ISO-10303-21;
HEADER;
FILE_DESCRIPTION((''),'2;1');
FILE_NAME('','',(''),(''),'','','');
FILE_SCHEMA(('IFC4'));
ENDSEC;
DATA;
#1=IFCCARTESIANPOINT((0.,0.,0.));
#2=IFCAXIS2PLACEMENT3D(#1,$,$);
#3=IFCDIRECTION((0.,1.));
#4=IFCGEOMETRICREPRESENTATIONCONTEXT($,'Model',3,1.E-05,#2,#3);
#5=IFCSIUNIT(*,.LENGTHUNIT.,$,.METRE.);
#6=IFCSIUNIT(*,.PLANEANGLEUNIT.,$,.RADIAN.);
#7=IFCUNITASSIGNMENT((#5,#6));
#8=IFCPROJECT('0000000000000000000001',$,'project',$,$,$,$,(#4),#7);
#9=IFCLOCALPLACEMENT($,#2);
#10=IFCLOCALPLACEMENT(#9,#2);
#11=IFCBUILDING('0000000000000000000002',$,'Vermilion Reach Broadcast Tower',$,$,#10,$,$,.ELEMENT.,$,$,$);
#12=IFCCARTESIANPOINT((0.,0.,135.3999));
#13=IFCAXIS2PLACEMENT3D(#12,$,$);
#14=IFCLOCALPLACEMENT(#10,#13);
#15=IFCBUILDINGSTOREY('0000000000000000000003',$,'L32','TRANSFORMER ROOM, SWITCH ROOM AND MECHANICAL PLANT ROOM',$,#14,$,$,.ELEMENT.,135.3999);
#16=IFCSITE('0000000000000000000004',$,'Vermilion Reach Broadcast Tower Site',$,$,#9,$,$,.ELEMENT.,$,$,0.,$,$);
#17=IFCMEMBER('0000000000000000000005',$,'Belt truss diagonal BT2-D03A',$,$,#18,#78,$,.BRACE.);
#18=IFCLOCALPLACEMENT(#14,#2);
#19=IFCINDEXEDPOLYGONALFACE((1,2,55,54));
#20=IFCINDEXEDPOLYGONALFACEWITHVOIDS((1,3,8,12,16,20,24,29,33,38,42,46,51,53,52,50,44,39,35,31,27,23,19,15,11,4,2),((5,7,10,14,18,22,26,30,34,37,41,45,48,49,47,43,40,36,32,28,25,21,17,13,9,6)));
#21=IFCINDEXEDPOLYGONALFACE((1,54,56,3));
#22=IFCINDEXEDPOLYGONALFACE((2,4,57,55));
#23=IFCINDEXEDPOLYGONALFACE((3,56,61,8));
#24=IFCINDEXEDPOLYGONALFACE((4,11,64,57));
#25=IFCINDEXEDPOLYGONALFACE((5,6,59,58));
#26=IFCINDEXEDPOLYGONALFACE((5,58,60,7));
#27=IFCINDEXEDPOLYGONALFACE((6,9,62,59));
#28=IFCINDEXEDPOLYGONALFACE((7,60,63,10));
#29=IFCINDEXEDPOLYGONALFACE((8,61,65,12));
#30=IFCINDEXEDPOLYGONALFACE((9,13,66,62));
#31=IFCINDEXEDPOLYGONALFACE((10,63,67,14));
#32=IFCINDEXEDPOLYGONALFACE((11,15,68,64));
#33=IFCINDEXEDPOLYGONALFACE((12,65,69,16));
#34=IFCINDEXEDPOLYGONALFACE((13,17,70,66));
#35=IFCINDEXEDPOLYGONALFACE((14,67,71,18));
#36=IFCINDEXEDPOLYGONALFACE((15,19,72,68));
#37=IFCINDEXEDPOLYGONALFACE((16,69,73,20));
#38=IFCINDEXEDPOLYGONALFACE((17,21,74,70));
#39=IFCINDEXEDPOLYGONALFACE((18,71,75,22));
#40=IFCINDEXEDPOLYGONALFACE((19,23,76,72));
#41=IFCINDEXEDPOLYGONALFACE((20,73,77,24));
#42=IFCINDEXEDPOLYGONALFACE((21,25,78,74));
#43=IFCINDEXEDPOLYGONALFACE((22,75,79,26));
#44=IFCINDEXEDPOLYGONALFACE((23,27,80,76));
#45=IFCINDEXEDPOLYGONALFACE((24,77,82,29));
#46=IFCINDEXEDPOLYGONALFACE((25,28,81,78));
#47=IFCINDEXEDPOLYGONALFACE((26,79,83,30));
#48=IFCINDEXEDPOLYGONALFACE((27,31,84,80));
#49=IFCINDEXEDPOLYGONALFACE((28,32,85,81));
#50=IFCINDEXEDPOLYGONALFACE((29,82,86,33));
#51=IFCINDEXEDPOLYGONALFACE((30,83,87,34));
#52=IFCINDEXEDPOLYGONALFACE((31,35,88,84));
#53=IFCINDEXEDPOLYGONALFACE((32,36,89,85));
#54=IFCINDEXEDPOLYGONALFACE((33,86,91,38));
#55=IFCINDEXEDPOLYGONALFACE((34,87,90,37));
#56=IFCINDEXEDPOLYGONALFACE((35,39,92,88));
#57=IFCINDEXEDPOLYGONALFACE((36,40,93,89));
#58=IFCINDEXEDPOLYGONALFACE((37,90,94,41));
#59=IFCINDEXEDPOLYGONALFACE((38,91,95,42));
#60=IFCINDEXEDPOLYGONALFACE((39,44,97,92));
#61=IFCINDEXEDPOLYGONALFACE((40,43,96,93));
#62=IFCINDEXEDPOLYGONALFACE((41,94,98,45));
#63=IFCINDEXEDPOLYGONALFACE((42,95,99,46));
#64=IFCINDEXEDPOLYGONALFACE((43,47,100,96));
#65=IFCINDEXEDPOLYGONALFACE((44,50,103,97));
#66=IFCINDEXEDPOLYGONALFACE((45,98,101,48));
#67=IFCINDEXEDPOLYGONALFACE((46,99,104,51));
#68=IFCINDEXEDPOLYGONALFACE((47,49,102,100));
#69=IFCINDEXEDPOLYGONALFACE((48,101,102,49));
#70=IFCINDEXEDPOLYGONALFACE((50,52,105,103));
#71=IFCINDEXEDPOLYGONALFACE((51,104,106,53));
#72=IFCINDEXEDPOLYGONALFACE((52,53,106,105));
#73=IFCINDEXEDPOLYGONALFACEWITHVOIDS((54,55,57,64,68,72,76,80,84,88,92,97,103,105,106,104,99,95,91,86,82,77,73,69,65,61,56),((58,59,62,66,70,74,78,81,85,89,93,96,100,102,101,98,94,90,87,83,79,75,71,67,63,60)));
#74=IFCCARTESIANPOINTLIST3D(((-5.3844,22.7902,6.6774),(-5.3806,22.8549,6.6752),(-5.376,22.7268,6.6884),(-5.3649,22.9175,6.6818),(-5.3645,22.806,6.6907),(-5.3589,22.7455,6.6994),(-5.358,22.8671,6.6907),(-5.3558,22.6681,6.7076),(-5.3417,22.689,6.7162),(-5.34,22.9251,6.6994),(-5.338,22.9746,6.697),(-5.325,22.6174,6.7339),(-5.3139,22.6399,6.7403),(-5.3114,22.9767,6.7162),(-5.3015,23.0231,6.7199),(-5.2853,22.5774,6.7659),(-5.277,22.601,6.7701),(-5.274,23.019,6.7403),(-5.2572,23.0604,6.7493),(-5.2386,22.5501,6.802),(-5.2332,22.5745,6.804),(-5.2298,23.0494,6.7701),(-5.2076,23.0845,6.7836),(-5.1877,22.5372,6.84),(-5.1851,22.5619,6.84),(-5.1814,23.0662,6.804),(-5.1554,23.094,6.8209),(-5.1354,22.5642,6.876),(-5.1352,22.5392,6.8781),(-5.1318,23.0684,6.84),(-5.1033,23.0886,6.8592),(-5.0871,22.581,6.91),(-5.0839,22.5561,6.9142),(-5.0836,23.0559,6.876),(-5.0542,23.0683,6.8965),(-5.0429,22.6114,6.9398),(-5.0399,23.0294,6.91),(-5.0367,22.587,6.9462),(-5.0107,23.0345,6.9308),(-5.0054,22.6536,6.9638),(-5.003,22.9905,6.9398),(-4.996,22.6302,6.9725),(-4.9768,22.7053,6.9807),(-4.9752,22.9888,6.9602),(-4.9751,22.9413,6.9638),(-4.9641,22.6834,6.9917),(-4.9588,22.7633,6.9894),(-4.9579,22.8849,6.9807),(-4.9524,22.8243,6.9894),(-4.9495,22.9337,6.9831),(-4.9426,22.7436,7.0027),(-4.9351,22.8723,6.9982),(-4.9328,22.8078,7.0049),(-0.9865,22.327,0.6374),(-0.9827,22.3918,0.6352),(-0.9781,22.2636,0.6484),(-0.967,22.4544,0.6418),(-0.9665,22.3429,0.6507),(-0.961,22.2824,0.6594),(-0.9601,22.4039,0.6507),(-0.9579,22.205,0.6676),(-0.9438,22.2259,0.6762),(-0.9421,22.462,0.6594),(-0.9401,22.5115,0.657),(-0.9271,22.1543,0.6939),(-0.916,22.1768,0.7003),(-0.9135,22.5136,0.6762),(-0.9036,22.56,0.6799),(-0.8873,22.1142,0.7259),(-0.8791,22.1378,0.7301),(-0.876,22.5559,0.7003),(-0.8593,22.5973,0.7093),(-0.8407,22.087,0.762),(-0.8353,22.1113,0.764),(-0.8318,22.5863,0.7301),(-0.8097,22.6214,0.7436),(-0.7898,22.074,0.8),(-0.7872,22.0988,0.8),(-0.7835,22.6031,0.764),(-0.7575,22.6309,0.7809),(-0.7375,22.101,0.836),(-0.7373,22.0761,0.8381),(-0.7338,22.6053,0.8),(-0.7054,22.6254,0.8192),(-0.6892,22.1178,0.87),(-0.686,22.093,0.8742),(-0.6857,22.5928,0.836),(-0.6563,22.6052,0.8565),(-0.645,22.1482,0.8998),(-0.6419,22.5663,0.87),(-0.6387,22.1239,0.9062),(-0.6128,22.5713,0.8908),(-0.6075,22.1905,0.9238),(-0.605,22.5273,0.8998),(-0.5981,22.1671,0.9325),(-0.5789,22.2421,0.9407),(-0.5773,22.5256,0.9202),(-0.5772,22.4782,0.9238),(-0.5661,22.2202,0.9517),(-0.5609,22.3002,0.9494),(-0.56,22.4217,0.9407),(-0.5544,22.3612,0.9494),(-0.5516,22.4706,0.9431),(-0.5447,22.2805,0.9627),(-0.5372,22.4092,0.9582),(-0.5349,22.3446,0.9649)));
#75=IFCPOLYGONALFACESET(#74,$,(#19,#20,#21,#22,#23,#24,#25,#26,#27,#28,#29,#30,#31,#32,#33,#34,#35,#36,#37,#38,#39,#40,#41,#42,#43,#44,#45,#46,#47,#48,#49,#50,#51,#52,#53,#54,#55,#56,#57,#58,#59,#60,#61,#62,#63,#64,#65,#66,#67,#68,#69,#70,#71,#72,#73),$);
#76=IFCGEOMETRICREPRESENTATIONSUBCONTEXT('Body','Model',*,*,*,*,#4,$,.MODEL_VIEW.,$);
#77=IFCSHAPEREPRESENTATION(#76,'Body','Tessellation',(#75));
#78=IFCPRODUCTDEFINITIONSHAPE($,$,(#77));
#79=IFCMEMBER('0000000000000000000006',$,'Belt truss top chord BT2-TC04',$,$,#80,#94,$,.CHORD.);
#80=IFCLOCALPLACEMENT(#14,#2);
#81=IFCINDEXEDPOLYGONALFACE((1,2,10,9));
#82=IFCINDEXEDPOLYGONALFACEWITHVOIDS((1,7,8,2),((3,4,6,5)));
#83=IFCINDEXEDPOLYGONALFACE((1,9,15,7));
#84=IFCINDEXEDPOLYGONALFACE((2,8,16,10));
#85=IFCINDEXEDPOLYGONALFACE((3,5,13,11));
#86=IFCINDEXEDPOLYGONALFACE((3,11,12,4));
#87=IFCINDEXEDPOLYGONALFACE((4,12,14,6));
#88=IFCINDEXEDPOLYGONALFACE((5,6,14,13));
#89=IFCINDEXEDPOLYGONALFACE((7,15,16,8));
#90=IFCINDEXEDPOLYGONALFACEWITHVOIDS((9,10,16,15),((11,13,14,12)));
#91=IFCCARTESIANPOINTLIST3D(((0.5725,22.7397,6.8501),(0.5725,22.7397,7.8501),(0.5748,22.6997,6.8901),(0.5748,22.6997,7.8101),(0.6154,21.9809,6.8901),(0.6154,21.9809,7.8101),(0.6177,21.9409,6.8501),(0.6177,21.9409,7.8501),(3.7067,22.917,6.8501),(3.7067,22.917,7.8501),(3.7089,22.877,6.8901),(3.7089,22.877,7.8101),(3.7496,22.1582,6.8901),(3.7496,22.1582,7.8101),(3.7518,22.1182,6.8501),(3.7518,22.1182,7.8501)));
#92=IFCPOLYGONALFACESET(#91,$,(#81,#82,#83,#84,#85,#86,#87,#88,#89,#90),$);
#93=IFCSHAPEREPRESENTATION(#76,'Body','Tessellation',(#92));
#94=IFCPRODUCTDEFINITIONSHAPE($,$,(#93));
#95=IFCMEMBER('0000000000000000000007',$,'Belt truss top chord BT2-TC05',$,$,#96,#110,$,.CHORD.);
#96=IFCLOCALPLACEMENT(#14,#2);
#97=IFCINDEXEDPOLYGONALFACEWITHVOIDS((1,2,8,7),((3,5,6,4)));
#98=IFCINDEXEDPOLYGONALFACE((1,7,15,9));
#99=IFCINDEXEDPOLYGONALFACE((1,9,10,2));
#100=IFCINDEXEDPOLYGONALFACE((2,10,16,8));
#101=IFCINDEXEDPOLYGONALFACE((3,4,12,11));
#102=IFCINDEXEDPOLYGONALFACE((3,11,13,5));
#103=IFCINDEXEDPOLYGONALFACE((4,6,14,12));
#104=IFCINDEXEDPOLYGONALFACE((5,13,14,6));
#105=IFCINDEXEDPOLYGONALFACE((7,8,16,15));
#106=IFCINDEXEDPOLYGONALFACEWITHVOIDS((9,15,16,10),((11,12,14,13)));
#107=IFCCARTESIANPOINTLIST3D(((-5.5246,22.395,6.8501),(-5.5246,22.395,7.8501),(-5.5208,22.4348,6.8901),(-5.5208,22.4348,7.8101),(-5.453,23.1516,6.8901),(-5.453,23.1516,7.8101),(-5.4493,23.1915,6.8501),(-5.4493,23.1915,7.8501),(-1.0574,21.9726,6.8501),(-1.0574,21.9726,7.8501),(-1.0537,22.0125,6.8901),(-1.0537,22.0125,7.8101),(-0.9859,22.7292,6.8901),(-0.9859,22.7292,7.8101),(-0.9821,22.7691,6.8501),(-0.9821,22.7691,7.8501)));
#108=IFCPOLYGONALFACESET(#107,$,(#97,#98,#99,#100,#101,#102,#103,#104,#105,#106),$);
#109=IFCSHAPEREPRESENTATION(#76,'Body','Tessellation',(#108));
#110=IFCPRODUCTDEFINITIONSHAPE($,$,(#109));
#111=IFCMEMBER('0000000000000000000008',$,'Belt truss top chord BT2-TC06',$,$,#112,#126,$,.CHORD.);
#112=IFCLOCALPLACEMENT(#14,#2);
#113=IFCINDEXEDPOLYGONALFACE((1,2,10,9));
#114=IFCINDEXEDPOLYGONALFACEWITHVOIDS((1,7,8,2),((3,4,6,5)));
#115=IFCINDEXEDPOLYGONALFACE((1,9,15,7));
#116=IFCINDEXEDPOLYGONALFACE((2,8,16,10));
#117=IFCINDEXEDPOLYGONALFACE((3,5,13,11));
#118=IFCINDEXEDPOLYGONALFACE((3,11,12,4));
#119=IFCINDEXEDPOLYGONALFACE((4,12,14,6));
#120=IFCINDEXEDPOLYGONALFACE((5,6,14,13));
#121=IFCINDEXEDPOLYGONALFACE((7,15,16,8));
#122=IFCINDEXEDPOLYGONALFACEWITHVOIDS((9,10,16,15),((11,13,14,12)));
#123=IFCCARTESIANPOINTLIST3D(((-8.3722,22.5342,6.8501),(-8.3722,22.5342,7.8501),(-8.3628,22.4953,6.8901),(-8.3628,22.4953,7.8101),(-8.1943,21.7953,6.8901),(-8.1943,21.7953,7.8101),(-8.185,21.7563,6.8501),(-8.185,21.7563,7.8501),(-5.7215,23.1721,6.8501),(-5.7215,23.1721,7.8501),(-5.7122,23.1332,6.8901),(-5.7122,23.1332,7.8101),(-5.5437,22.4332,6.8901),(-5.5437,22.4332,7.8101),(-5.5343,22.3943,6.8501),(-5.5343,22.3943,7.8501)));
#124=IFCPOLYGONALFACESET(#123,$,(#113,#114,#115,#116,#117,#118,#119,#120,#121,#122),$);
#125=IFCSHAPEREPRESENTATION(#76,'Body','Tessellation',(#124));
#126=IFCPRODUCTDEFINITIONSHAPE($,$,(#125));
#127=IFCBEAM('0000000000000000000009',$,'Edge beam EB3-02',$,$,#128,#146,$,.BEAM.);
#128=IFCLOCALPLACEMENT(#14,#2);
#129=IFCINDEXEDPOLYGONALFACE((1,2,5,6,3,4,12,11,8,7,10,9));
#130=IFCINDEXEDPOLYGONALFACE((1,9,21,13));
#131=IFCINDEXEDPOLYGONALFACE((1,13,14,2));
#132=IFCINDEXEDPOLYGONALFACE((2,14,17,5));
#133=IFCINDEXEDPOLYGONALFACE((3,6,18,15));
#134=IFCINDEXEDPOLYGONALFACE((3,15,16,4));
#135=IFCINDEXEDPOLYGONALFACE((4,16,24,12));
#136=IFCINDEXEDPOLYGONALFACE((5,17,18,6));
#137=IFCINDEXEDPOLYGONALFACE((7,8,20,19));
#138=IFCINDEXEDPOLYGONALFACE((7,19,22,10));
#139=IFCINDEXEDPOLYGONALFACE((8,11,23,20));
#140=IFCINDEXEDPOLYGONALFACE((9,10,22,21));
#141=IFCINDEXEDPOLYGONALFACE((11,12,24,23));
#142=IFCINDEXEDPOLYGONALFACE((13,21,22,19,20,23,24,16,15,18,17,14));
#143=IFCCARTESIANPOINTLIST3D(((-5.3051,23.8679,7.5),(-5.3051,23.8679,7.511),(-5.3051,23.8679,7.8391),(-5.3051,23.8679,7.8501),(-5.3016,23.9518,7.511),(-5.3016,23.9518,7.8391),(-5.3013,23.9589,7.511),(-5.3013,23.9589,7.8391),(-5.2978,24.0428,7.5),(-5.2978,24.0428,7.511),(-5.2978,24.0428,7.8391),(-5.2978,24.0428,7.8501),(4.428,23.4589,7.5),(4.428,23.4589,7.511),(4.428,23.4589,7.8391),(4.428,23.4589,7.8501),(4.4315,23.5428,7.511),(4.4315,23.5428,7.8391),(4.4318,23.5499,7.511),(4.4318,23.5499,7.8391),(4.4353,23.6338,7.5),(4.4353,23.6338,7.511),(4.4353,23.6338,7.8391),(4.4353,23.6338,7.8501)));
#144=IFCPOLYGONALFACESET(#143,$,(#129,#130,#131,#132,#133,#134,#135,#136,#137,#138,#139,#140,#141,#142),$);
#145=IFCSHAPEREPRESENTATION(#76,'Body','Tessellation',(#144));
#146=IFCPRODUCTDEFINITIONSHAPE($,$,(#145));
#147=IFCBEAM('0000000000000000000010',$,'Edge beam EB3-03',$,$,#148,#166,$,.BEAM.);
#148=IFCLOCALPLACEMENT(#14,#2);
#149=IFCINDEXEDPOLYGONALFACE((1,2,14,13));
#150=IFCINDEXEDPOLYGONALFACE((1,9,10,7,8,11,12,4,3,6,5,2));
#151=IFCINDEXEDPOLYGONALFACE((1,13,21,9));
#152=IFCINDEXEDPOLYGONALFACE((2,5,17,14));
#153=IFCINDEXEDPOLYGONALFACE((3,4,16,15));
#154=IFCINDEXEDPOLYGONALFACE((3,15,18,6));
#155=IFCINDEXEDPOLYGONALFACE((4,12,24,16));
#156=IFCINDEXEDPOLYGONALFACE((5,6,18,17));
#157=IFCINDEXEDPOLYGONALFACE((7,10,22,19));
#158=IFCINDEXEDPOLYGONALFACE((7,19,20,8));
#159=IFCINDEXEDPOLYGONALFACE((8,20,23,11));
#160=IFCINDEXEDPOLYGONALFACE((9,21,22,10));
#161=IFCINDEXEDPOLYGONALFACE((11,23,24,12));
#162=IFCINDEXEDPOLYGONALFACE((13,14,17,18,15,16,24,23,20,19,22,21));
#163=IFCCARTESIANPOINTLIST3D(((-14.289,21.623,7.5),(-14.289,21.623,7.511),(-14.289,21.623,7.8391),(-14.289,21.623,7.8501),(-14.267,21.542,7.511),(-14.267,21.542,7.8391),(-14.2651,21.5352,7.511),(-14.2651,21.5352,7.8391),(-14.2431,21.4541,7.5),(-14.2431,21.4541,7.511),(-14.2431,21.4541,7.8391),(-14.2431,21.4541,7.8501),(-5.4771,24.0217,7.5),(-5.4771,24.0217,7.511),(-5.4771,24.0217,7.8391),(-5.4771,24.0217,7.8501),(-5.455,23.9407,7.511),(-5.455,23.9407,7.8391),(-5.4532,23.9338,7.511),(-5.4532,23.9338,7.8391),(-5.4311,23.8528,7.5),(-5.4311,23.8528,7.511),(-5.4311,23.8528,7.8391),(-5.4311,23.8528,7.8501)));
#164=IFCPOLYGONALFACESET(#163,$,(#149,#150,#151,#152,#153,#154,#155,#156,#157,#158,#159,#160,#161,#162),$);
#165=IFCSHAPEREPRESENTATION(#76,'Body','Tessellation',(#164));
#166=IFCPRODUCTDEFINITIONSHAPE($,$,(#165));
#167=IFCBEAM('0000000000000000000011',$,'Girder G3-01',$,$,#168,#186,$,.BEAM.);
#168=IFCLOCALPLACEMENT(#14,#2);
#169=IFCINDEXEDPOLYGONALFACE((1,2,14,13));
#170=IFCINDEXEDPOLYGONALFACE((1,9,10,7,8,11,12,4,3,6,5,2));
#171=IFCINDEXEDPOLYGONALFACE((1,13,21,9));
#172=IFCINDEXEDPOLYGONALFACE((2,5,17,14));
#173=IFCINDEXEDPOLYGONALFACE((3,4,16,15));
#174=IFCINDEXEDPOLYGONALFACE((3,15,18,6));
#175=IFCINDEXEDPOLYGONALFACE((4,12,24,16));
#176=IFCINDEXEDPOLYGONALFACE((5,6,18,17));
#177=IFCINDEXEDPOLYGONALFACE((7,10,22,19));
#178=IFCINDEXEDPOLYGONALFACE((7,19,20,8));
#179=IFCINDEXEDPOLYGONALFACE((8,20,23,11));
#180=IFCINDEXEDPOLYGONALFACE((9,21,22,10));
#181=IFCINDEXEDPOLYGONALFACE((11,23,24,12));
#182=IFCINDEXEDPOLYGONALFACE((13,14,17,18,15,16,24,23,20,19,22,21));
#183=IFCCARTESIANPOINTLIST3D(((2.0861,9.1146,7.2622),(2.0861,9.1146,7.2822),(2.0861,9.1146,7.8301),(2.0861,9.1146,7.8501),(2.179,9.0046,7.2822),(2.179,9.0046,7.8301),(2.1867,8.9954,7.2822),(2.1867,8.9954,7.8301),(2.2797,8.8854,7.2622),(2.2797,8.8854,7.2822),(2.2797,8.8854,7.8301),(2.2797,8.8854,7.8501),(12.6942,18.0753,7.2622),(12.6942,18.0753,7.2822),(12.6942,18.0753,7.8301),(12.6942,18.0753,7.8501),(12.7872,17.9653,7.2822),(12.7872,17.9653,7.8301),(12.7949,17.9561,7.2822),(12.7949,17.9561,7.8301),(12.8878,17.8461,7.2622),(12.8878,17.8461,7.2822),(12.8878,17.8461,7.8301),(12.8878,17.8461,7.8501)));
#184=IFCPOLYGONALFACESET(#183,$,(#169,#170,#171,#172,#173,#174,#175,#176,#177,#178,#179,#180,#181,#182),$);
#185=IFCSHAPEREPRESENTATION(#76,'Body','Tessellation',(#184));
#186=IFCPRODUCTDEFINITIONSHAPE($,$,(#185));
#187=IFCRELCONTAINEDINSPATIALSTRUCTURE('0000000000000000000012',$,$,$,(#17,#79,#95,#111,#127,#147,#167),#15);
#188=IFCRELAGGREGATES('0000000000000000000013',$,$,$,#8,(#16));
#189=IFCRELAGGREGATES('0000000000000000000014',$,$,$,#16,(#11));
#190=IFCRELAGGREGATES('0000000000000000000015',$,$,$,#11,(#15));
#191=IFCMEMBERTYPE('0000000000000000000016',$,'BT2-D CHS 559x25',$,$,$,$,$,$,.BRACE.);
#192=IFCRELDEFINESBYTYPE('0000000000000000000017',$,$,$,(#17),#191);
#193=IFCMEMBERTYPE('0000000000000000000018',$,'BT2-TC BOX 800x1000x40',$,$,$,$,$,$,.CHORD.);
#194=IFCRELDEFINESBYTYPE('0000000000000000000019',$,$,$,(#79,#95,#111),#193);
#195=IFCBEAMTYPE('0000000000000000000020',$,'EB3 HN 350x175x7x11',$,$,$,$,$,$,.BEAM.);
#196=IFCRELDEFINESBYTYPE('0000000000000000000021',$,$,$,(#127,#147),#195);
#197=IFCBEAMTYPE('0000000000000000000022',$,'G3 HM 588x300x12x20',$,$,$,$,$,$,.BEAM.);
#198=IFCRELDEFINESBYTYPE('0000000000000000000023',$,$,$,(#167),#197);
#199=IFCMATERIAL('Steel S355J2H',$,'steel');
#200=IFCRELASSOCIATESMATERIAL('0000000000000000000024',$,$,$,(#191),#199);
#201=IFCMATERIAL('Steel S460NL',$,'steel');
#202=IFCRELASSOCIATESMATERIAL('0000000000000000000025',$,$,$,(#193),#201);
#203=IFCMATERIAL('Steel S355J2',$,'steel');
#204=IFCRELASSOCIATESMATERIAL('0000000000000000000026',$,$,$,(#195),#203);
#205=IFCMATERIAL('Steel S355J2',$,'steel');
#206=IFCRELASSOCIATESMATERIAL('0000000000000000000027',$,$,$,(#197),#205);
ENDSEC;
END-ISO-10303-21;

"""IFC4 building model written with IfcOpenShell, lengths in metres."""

from ifc_helpers import new_model, si_unit, direction, frame, origin, origin_2d, place, context, subcontext, project, spatial, hollow_rectangle, hollow_circle, i_section, extrude, material, material_profile, profile_set, type_object, element, save


model = new_model("IFC4")

# Units and contexts
model_context = context("Model", 3, precision=1e-05, world=origin(), true_north=direction((0.0, 1.0)))
body_context = subcontext(model_context, "Body", "Model", "MODEL_VIEW")
ifc_project = project(units=[si_unit("LENGTHUNIT", "METRE"), si_unit("PLANEANGLEUNIT", "RADIAN")], contexts=[model_context])

# Site, building, storey
site_placement = place(None, origin())
site = spatial("IfcSite", under=ifc_project, at=site_placement, Name="Vermilion Reach Broadcast Tower Site", CompositionType="ELEMENT", RefElevation=0.0)
building_placement = place(site_placement, origin())
building = spatial("IfcBuilding", under=site, at=building_placement, Name="Vermilion Reach Broadcast Tower", CompositionType="ELEMENT")
storey_placement = place(building_placement, frame((0.0, 0.0, 135.3999)))
storey = spatial("IfcBuildingStorey", under=building, at=storey_placement, Name="L32", Description="TRANSFORMER ROOM, SWITCH ROOM AND MECHANICAL PLANT ROOM", CompositionType="ELEMENT", Elevation=135.3999)

# Members
ifc_material_1 = material(Name="Steel S355J2H", Category="steel")
ifc_material_profile_1 = material_profile(ifc_material_1, hollow_circle(Radius=0.2795, WallThickness=0.0249, at=origin_2d()), Name="S355J2H CHS 559x25")
ifc_profile_set_1 = profile_set([ifc_material_profile_1], Name="Steel S355J2H")
member_type_1 = type_object("IfcMemberType", Name="BT2-D CHS 559x25", PredefinedType="BRACE", material=ifc_profile_set_1)
member_1_placement = place(storey_placement, frame((-0.7605, 22.3521, 0.8), z_axis=(-0.587499, 0.061868, 0.806857), x_axis=(-0.104728, -0.994501, 0.0)))
element("IfcMember", 1, at=member_1_placement, inside=storey, type_object=member_type_1, Name="Belt truss diagonal BT2-D03A", PredefinedType="BRACE", context=body_context, shape_type="SweptSolid", body=[
    extrude(hollow_circle(Radius=0.2795, WallThickness=0.0249, at=origin_2d()), origin(), (0.0, 0.0, 1.0), 7.4858),
])
ifc_material_2 = material(Name="Steel S460NL", Category="steel")
ifc_material_profile_2 = material_profile(ifc_material_2, hollow_rectangle(XDim=0.8, YDim=1.0, WallThickness=0.04, at=origin_2d()), Name="S460NL BOX 800x1000x40")
ifc_profile_set_2 = profile_set([ifc_material_profile_2], Name="Steel S460NL")
member_type_2 = type_object("IfcMemberType", Name="BT2-TC BOX 800x1000x40", PredefinedType="CHORD", material=ifc_profile_set_2)
member_2_placement = place(storey_placement, frame((3.7292, 22.5176, 7.3501), z_axis=(-0.998405, -0.056465, 0.0), x_axis=(0.056465, -0.998405, 0.0)))
element("IfcMember", 2, at=member_2_placement, inside=storey, type_object=member_type_2, Name="Belt truss top chord BT2-TC04", PredefinedType="CHORD", context=body_context, shape_type="SweptSolid", body=[
    extrude(hollow_rectangle(XDim=0.8, YDim=1.0, WallThickness=0.04, at=origin_2d()), origin(), (0.0, 0.0, 1.0), 3.1392),
])
member_3_placement = place(storey_placement, frame((-1.0198, 22.3708, 7.3501), z_axis=(-0.99556, 0.094131, 0.0), x_axis=(-0.094131, -0.99556, 0.0)))
element("IfcMember", 3, at=member_3_placement, inside=storey, type_object=member_type_2, Name="Belt truss top chord BT2-TC05", PredefinedType="CHORD", context=body_context, shape_type="SweptSolid", body=[
    extrude(hollow_rectangle(XDim=0.8, YDim=1.0, WallThickness=0.04, at=origin_2d()), origin(), (0.0, 0.0, 1.0), 4.4871),
])
member_4_placement = place(storey_placement, frame((-5.6279, 22.7832, 7.3501), z_axis=(-0.972238, -0.233993, 0.0), x_axis=(0.233993, -0.972238, 0.0)))
element("IfcMember", 4, at=member_4_placement, inside=storey, type_object=member_type_2, Name="Belt truss top chord BT2-TC06", PredefinedType="CHORD", context=body_context, shape_type="SweptSolid", body=[
    extrude(hollow_rectangle(XDim=0.8, YDim=1.0, WallThickness=0.04, at=origin_2d()), origin(), (0.0, 0.0, 1.0), 2.7263),
])

# Beams
ifc_material_3 = material(Name="Steel S355J2", Category="steel")
ifc_material_profile_3 = material_profile(ifc_material_3, i_section(OverallWidth=0.175, OverallDepth=0.3501, WebThickness=0.0071, FlangeThickness=0.011, at=origin_2d()), Name="S355J2 HN 350x175x7x11")
ifc_profile_set_3 = profile_set([ifc_material_profile_3], Name="Steel S355J2")
beam_type_1 = type_object("IfcBeamType", Name="EB3 HN 350x175x7x11", PredefinedType="BEAM", material=ifc_profile_set_3)
beam_1_placement = place(storey_placement, frame((4.4316, 23.5464, 7.675), z_axis=(-0.999119, 0.041978, 0.0), x_axis=(-0.041978, -0.999119, 0.0)))
element("IfcBeam", 5, at=beam_1_placement, inside=storey, type_object=beam_type_1, Name="Edge beam EB3-02", PredefinedType="BEAM", context=body_context, shape_type="SweptSolid", body=[
    extrude(i_section(OverallWidth=0.175, OverallDepth=0.3501, WebThickness=0.0071, FlangeThickness=0.011, at=origin_2d()), origin(), (0.0, 0.0, 1.0), 9.7417),
])
beam_2_placement = place(storey_placement, frame((-5.4541, 23.9373, 7.675), z_axis=(-0.964891, -0.262649, 0.0), x_axis=(0.262649, -0.964891, 0.0)))
element("IfcBeam", 6, at=beam_2_placement, inside=storey, type_object=beam_type_1, Name="Edge beam EB3-03", PredefinedType="BEAM", context=body_context, shape_type="SweptSolid", body=[
    extrude(i_section(OverallWidth=0.175, OverallDepth=0.3501, WebThickness=0.0071, FlangeThickness=0.011, at=origin_2d()), origin(), (0.0, 0.0, 1.0), 9.1326),
])
ifc_material_4 = material(Name="Steel S355J2", Category="steel")
ifc_material_profile_4 = material_profile(ifc_material_4, i_section(OverallWidth=0.3, OverallDepth=0.5879, WebThickness=0.012, FlangeThickness=0.02, at=origin_2d()), Name="S355J2 HM 588x300x12x20")
ifc_profile_set_4 = profile_set([ifc_material_profile_4], Name="Steel S355J2")
beam_type_2 = type_object("IfcBeamType", Name="G3 HM 588x300x12x20", PredefinedType="BEAM", material=ifc_profile_set_4)
beam_3_placement = place(storey_placement, frame((2.1829, 9.0, 7.5562), z_axis=(0.763934, 0.645294, 0.0), x_axis=(-0.645294, 0.763934, 0.0)))
element("IfcBeam", 7, at=beam_3_placement, inside=storey, type_object=beam_type_2, Name="Girder G3-01", PredefinedType="BEAM", context=body_context, shape_type="SweptSolid", body=[
    extrude(i_section(OverallWidth=0.3, OverallDepth=0.5879, WebThickness=0.012, FlangeThickness=0.02, at=origin_2d()), origin(), (0.0, 0.0, 1.0), 13.8862),
])

save(model, "model.ifc")
